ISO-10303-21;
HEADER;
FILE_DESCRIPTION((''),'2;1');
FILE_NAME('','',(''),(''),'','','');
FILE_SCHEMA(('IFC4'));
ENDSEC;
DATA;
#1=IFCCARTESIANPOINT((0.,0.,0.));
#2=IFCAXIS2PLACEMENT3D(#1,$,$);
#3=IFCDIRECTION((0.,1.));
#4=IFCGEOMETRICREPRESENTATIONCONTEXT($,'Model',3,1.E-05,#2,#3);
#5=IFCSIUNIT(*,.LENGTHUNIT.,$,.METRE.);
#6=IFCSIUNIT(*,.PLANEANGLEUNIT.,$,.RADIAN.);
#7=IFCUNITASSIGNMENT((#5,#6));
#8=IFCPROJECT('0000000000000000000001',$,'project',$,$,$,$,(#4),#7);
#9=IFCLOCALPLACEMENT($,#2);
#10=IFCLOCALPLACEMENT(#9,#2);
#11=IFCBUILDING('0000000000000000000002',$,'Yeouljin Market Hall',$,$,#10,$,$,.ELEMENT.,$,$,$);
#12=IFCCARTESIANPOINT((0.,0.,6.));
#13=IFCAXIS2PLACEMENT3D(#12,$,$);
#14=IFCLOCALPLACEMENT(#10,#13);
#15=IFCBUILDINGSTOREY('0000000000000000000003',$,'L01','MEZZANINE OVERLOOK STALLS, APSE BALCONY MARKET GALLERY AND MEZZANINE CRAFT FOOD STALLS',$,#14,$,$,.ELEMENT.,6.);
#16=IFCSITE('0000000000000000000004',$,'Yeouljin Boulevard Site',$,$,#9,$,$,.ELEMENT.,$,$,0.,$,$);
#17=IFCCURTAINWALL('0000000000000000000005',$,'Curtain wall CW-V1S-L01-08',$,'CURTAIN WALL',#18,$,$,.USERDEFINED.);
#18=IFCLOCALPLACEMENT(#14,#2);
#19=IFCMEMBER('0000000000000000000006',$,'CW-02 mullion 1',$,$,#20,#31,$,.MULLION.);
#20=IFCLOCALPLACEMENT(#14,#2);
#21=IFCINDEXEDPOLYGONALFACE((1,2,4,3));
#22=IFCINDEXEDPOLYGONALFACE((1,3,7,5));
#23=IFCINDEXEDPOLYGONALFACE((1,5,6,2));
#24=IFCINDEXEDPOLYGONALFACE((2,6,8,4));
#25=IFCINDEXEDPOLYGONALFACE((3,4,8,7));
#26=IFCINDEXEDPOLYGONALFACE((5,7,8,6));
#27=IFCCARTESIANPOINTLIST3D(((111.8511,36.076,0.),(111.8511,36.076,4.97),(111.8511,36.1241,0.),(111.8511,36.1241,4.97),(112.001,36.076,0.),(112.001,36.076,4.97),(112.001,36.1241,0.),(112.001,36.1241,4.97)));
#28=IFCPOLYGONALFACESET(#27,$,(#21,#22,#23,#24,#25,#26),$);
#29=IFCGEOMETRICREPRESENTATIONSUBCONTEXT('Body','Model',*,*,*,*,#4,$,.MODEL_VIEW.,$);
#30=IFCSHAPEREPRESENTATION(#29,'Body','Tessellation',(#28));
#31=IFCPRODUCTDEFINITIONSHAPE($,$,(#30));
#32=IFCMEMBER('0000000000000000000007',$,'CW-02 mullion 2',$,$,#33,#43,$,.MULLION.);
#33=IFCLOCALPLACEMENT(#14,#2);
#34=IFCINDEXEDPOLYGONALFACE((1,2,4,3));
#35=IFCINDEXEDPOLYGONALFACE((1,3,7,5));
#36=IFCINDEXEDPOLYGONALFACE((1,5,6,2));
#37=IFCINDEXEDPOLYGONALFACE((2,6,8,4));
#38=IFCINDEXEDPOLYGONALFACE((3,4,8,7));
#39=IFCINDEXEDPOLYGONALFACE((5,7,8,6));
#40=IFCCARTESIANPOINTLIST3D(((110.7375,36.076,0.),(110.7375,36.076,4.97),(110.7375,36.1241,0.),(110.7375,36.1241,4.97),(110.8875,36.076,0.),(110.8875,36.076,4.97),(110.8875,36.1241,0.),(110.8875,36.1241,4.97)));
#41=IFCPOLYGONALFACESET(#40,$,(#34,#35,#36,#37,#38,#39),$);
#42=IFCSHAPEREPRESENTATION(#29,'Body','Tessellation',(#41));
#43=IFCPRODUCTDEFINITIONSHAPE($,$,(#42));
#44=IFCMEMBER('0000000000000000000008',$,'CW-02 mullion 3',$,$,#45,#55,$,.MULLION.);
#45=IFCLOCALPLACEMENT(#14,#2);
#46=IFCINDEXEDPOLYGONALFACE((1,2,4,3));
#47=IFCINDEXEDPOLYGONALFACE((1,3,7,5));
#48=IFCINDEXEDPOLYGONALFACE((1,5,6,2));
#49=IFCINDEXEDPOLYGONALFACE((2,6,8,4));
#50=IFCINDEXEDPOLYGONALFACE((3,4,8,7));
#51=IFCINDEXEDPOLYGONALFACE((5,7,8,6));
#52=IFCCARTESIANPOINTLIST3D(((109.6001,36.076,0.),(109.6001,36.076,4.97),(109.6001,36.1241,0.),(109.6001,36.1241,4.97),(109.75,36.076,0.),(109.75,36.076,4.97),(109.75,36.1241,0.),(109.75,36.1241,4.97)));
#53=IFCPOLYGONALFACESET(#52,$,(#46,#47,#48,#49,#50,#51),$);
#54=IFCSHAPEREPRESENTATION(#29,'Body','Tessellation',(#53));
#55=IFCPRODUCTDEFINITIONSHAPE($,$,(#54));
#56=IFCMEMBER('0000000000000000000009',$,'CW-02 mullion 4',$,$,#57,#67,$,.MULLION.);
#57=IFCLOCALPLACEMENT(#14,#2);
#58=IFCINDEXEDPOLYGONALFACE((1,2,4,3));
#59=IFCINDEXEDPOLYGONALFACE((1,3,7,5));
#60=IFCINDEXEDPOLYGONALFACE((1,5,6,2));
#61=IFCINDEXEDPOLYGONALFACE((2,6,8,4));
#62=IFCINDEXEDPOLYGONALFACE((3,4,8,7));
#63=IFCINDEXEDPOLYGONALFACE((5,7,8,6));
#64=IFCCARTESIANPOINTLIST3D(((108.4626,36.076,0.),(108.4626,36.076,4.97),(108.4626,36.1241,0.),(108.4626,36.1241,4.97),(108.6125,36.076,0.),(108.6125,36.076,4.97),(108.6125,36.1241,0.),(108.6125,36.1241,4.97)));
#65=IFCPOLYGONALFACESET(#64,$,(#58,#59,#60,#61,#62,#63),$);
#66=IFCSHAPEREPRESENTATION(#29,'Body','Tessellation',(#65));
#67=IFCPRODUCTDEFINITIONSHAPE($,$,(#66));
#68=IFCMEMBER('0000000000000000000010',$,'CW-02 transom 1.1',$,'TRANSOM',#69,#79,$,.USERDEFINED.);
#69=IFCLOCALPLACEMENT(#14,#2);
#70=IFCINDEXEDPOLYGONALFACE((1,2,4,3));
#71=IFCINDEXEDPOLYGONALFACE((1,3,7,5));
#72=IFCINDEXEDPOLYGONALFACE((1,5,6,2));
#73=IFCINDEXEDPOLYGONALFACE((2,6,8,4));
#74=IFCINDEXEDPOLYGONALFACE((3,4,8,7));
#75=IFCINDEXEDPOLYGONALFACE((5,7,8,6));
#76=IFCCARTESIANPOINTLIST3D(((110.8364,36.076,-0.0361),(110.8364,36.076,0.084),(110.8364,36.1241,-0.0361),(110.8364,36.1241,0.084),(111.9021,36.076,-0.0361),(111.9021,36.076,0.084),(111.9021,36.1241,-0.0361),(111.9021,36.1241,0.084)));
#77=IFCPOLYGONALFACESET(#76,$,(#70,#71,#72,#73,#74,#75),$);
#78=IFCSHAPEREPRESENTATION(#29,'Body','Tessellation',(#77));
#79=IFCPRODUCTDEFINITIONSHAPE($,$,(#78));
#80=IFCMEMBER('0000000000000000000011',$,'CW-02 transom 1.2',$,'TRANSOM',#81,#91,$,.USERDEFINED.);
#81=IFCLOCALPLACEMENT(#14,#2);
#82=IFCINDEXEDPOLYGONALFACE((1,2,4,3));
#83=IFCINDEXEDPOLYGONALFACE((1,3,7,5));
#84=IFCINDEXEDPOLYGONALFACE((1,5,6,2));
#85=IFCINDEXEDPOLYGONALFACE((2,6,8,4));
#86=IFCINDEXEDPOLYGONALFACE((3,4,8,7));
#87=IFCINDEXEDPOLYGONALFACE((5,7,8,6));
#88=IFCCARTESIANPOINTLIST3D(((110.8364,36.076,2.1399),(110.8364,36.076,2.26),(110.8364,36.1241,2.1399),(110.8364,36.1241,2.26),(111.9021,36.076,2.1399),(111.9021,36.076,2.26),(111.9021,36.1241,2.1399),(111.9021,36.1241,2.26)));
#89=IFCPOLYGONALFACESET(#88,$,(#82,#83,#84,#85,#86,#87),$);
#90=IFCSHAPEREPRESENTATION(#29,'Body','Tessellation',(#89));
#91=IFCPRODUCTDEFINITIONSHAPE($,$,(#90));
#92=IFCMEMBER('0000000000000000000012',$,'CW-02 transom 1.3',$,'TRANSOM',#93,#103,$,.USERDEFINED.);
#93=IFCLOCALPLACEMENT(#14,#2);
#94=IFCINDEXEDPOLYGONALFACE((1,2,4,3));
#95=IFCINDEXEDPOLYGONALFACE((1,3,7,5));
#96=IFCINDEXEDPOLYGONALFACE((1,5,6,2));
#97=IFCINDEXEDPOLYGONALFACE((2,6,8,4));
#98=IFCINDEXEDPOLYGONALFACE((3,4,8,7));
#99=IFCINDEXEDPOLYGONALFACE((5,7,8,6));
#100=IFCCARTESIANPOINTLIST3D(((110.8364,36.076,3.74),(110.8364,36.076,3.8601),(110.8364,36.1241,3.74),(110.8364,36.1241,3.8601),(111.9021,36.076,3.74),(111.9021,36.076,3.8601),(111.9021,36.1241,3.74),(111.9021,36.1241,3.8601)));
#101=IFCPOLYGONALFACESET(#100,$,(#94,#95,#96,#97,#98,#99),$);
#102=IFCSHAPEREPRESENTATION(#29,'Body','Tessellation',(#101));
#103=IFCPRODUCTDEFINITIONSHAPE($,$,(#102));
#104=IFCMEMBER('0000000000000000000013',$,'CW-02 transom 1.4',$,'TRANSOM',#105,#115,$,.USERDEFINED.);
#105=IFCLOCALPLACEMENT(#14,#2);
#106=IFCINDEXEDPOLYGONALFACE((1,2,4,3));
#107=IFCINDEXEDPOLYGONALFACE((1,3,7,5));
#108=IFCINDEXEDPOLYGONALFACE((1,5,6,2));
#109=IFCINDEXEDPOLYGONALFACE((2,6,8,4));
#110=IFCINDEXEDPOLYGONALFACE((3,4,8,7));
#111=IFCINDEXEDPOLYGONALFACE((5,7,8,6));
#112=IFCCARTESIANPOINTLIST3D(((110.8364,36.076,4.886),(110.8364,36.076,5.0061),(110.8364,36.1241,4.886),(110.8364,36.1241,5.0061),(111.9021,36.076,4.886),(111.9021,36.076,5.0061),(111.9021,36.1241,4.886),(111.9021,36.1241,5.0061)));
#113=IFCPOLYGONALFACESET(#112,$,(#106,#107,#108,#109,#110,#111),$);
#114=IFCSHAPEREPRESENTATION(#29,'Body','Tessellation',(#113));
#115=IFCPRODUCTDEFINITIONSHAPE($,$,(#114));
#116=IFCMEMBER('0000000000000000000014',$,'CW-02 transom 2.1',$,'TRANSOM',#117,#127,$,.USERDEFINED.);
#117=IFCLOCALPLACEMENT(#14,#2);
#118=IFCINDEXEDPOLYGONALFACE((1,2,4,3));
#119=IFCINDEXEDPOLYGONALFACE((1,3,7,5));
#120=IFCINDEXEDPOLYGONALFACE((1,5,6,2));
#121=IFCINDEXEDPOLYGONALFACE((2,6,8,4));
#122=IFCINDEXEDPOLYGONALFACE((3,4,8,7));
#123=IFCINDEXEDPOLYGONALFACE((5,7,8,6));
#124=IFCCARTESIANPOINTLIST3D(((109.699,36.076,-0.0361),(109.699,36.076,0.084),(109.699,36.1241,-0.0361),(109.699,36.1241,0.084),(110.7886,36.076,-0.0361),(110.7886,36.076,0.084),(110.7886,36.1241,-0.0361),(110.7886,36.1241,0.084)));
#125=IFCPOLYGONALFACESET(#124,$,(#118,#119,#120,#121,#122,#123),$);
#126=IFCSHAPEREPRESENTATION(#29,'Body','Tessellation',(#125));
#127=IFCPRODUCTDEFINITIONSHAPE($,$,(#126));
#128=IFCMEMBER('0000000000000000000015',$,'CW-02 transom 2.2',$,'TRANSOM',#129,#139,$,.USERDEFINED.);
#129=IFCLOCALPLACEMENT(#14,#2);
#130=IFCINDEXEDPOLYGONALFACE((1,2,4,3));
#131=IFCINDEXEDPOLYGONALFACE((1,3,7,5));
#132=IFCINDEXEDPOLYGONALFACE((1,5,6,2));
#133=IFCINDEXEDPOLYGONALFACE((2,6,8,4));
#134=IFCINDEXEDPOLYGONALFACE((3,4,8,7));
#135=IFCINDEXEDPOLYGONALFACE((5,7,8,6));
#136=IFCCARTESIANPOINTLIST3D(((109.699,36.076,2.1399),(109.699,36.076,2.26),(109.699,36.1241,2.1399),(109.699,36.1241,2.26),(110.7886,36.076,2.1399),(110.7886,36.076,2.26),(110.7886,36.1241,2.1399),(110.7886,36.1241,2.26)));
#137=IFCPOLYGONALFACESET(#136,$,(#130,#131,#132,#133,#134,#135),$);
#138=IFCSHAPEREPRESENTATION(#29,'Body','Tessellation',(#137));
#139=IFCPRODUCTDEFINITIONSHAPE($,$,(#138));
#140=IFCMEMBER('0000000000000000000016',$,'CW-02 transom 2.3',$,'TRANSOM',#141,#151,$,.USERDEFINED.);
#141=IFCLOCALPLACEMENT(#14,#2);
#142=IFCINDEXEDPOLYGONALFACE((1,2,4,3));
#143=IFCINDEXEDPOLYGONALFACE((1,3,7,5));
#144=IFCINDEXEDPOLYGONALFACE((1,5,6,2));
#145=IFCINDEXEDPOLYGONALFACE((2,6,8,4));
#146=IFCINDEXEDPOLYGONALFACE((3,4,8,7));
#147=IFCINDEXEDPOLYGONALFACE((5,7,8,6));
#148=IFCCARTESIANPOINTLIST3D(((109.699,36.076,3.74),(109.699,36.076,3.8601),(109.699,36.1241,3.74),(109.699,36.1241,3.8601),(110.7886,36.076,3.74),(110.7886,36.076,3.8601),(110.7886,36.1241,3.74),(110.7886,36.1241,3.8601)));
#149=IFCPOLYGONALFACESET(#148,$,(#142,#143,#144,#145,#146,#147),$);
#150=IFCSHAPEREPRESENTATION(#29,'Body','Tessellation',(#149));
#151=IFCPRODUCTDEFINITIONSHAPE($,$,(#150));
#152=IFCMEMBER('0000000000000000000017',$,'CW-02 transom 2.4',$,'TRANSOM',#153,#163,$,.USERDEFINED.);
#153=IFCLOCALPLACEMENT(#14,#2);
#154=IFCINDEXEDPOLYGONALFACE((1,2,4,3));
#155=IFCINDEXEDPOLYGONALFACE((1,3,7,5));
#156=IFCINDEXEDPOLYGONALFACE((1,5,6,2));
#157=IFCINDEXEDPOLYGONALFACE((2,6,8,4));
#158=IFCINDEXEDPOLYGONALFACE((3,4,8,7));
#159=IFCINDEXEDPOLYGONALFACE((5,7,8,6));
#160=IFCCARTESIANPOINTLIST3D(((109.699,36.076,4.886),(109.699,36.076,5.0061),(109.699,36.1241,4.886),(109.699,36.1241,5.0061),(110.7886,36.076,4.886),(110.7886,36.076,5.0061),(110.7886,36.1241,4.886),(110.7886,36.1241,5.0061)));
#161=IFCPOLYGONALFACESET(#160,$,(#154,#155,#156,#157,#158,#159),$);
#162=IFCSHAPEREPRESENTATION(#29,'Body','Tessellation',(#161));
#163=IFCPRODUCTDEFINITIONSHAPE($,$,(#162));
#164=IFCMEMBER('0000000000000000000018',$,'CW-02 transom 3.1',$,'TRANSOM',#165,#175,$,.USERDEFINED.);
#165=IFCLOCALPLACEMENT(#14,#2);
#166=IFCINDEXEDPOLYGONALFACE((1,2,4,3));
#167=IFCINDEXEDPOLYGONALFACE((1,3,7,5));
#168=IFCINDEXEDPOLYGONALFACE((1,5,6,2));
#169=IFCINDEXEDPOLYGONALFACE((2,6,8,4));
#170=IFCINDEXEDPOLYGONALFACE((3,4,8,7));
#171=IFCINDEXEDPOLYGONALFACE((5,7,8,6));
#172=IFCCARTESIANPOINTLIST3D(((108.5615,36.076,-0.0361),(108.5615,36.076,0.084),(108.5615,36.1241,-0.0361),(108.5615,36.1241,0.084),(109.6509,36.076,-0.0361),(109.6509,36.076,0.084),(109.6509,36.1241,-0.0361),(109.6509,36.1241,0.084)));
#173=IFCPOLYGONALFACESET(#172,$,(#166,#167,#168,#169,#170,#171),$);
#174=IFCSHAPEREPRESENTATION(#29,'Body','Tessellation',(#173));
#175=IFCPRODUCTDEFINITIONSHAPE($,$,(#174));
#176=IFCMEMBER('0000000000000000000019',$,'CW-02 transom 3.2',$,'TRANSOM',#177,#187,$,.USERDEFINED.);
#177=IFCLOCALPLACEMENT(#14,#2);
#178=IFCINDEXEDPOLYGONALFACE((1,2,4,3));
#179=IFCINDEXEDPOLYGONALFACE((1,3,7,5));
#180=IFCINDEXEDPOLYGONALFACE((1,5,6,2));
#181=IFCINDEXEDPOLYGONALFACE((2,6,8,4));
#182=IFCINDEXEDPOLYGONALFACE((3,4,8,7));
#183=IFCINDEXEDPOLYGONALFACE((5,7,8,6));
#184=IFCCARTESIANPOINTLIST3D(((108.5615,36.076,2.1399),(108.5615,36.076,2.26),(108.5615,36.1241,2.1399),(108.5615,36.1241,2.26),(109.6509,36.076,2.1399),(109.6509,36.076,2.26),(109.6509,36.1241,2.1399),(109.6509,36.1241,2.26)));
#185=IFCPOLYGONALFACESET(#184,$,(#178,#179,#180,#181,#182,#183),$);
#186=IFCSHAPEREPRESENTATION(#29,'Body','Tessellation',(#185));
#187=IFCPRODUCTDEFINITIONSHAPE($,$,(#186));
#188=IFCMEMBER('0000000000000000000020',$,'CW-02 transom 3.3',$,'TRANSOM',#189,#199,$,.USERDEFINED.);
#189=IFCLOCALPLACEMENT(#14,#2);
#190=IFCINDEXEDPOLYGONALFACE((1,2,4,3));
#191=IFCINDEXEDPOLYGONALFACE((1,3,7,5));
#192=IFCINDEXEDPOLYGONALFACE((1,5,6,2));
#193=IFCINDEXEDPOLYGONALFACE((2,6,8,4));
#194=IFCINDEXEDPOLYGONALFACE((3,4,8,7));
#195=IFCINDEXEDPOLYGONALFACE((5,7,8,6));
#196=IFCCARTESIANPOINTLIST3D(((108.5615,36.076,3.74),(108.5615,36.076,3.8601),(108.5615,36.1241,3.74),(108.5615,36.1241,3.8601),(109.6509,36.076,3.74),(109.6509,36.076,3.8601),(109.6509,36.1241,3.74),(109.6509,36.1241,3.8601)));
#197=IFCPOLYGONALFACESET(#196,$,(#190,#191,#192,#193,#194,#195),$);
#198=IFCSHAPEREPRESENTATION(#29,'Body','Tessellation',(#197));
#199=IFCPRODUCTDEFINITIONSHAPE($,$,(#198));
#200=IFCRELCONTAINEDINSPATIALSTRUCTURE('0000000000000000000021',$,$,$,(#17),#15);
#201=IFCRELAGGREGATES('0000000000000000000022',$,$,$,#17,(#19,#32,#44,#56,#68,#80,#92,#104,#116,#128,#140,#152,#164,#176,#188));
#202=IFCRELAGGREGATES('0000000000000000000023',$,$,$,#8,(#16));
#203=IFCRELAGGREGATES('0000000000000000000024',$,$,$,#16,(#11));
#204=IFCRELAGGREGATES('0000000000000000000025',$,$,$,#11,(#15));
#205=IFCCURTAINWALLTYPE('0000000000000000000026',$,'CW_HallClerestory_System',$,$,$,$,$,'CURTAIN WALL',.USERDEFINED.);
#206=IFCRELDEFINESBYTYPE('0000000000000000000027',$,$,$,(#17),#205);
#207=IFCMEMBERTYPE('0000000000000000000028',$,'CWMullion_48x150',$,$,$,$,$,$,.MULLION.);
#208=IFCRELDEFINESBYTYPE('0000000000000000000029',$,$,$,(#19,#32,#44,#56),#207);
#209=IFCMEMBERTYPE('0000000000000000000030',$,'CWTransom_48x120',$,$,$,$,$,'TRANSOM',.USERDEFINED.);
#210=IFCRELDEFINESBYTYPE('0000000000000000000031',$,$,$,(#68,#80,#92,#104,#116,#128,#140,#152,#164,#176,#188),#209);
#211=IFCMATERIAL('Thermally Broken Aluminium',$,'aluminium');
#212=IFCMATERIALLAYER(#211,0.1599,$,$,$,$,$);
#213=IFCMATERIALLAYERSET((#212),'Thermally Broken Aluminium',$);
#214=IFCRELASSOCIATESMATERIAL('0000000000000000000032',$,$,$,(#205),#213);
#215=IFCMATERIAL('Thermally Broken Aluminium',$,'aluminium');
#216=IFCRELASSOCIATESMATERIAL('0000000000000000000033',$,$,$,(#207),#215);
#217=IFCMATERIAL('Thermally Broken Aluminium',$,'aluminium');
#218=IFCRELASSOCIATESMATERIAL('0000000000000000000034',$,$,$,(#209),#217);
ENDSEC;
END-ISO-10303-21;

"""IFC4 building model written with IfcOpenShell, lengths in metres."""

from ifc_helpers import new_model, si_unit, direction, frame, origin, origin_2d, place, context, subcontext, project, spatial, rectangle, extrude, material, layer, layer_set, material_profile, profile_set, type_object, element, aggregate, save


model = new_model("IFC4")

# Units and contexts
model_context = context("Model", 3, precision=1e-05, world=origin(), true_north=direction((0.0, 1.0)))
body_context = subcontext(model_context, "Body", "Model", "MODEL_VIEW")
ifc_project = project(units=[si_unit("LENGTHUNIT", "METRE"), si_unit("PLANEANGLEUNIT", "RADIAN")], contexts=[model_context])

# Site, building, storey
site_placement = place(None, origin())
site = spatial("IfcSite", under=ifc_project, at=site_placement, Name="Yeouljin Boulevard Site", CompositionType="ELEMENT", RefElevation=0.0)
building_placement = place(site_placement, origin())
building = spatial("IfcBuilding", under=site, at=building_placement, Name="Yeouljin Market Hall", CompositionType="ELEMENT")
storey_placement = place(building_placement, frame((0.0, 0.0, 6.0)))
storey = spatial("IfcBuildingStorey", under=building, at=storey_placement, Name="L01", Description="MEZZANINE OVERLOOK STALLS, APSE BALCONY MARKET GALLERY AND MEZZANINE CRAFT FOOD STALLS", CompositionType="ELEMENT", Elevation=6.0)

# Curtain wall, members
ifc_material_1 = material(Name="Thermally Broken Aluminium", Category="aluminium")
ifc_layer_1 = layer(ifc_material_1, 0.1599)
ifc_layer_set_1 = layer_set([ifc_layer_1], Name="Thermally Broken Aluminium")
curtain_wall_type = type_object("IfcCurtainWallType", Name="CW_HallClerestory_System", ElementType="CURTAIN WALL", PredefinedType="USERDEFINED", material=ifc_layer_set_1)
curtain_wall_placement = place(storey_placement, origin())
curtain_wall = element("IfcCurtainWall", 1, at=curtain_wall_placement, inside=storey, type_object=curtain_wall_type, Name="Curtain wall CW-V1S-L01-08", ObjectType="CURTAIN WALL", PredefinedType="USERDEFINED")
ifc_material_2 = material(Name="Thermally Broken Aluminium", Category="aluminium")
ifc_material_profile_1 = material_profile(ifc_material_2, rectangle(XDim=0.0481, YDim=0.1499, at=origin_2d()), Name="CW-MULL-48x150")
ifc_profile_set_1 = profile_set([ifc_material_profile_1], Name="Thermally Broken Aluminium")
member_type_1 = type_object("IfcMemberType", Name="CWMullion_48x150", PredefinedType="MULLION", material=ifc_profile_set_1)
member_1_placement = place(storey_placement, frame((111.926, 36.1001, 0.0), z_axis=(0.0, 0.0, 1.0), x_axis=(0.0, -1.0, 0.0)))
member_1 = element("IfcMember", 2, at=member_1_placement, type_object=member_type_1, Name="CW-02 mullion 1", PredefinedType="MULLION", context=body_context, shape_type="SweptSolid", body=[
    extrude(rectangle(XDim=0.0481, YDim=0.1499, at=origin_2d()), origin(), (0.0, 0.0, 1.0), 4.97),
])
member_2_placement = place(storey_placement, frame((110.8125, 36.1001, 0.0), z_axis=(0.0, 0.0, 1.0), x_axis=(0.0, -1.0, 0.0)))
member_2 = element("IfcMember", 3, at=member_2_placement, type_object=member_type_1, Name="CW-02 mullion 2", PredefinedType="MULLION", context=body_context, shape_type="SweptSolid", body=[
    extrude(rectangle(XDim=0.0481, YDim=0.1499, at=origin_2d()), origin(), (0.0, 0.0, 1.0), 4.97),
])
member_3_placement = place(storey_placement, frame((109.675, 36.1001, 0.0), z_axis=(0.0, 0.0, 1.0), x_axis=(0.0, -1.0, 0.0)))
member_3 = element("IfcMember", 4, at=member_3_placement, type_object=member_type_1, Name="CW-02 mullion 3", PredefinedType="MULLION", context=body_context, shape_type="SweptSolid", body=[
    extrude(rectangle(XDim=0.0481, YDim=0.1499, at=origin_2d()), origin(), (0.0, 0.0, 1.0), 4.97),
])
member_4_placement = place(storey_placement, frame((108.5376, 36.1001, 0.0), z_axis=(0.0, 0.0, 1.0), x_axis=(0.0, -1.0, 0.0)))
member_4 = element("IfcMember", 5, at=member_4_placement, type_object=member_type_1, Name="CW-02 mullion 4", PredefinedType="MULLION", context=body_context, shape_type="SweptSolid", body=[
    extrude(rectangle(XDim=0.0481, YDim=0.1499, at=origin_2d()), origin(), (0.0, 0.0, 1.0), 4.97),
])
ifc_material_3 = material(Name="Thermally Broken Aluminium", Category="aluminium")
ifc_material_profile_2 = material_profile(ifc_material_3, rectangle(XDim=0.0481, YDim=0.1201, at=origin_2d()), Name="CW-TRAN-48x120")
ifc_profile_set_2 = profile_set([ifc_material_profile_2], Name="Thermally Broken Aluminium")
member_type_2 = type_object("IfcMemberType", Name="CWTransom_48x120", ElementType="TRANSOM", PredefinedType="USERDEFINED", material=ifc_profile_set_2)
member_5_placement = place(storey_placement, frame((111.9021, 36.1001, 0.0239), z_axis=(-1.0, 0.0, 0.0), x_axis=(0.0, -1.0, 0.0)))
member_5 = element("IfcMember", 6, at=member_5_placement, type_object=member_type_2, Name="CW-02 transom 1.1", ObjectType="TRANSOM", PredefinedType="USERDEFINED", context=body_context, shape_type="SweptSolid", body=[
    extrude(rectangle(XDim=0.0481, YDim=0.1201, at=origin_2d()), origin(), (0.0, 0.0, 1.0), 1.0657),
])
member_6_placement = place(storey_placement, frame((111.9021, 36.1001, 2.2), z_axis=(-1.0, 0.0, 0.0), x_axis=(0.0, -1.0, 0.0)))
member_6 = element("IfcMember", 7, at=member_6_placement, type_object=member_type_2, Name="CW-02 transom 1.2", ObjectType="TRANSOM", PredefinedType="USERDEFINED", context=body_context, shape_type="SweptSolid", body=[
    extrude(rectangle(XDim=0.0481, YDim=0.1201, at=origin_2d()), origin(), (0.0, 0.0, 1.0), 1.0657),
])
member_7_placement = place(storey_placement, frame((111.9021, 36.1001, 3.8), z_axis=(-1.0, 0.0, 0.0), x_axis=(0.0, -1.0, 0.0)))
member_7 = element("IfcMember", 8, at=member_7_placement, type_object=member_type_2, Name="CW-02 transom 1.3", ObjectType="TRANSOM", PredefinedType="USERDEFINED", context=body_context, shape_type="SweptSolid", body=[
    extrude(rectangle(XDim=0.0481, YDim=0.1201, at=origin_2d()), origin(), (0.0, 0.0, 1.0), 1.0657),
])
member_8_placement = place(storey_placement, frame((111.9021, 36.1001, 4.946), z_axis=(-1.0, 0.0, 0.0), x_axis=(0.0, -1.0, 0.0)))
member_8 = element("IfcMember", 9, at=member_8_placement, type_object=member_type_2, Name="CW-02 transom 1.4", ObjectType="TRANSOM", PredefinedType="USERDEFINED", context=body_context, shape_type="SweptSolid", body=[
    extrude(rectangle(XDim=0.0481, YDim=0.1201, at=origin_2d()), origin(), (0.0, 0.0, 1.0), 1.0657),
])
member_9_placement = place(storey_placement, frame((110.7886, 36.1001, 0.0239), z_axis=(-1.0, 0.0, 0.0), x_axis=(0.0, -1.0, 0.0)))
member_9 = element("IfcMember", 10, at=member_9_placement, type_object=member_type_2, Name="CW-02 transom 2.1", ObjectType="TRANSOM", PredefinedType="USERDEFINED", context=body_context, shape_type="SweptSolid", body=[
    extrude(rectangle(XDim=0.0481, YDim=0.1201, at=origin_2d()), origin(), (0.0, 0.0, 1.0), 1.0896),
])
member_10_placement = place(storey_placement, frame((110.7886, 36.1001, 2.2), z_axis=(-1.0, 0.0, 0.0), x_axis=(0.0, -1.0, 0.0)))
member_10 = element("IfcMember", 11, at=member_10_placement, type_object=member_type_2, Name="CW-02 transom 2.2", ObjectType="TRANSOM", PredefinedType="USERDEFINED", context=body_context, shape_type="SweptSolid", body=[
    extrude(rectangle(XDim=0.0481, YDim=0.1201, at=origin_2d()), origin(), (0.0, 0.0, 1.0), 1.0896),
])
member_11_placement = place(storey_placement, frame((110.7886, 36.1001, 3.8), z_axis=(-1.0, 0.0, 0.0), x_axis=(0.0, -1.0, 0.0)))
member_11 = element("IfcMember", 12, at=member_11_placement, type_object=member_type_2, Name="CW-02 transom 2.3", ObjectType="TRANSOM", PredefinedType="USERDEFINED", context=body_context, shape_type="SweptSolid", body=[
    extrude(rectangle(XDim=0.0481, YDim=0.1201, at=origin_2d()), origin(), (0.0, 0.0, 1.0), 1.0896),
])
member_12_placement = place(storey_placement, frame((110.7886, 36.1001, 4.946), z_axis=(-1.0, 0.0, 0.0), x_axis=(0.0, -1.0, 0.0)))
member_12 = element("IfcMember", 13, at=member_12_placement, type_object=member_type_2, Name="CW-02 transom 2.4", ObjectType="TRANSOM", PredefinedType="USERDEFINED", context=body_context, shape_type="SweptSolid", body=[
    extrude(rectangle(XDim=0.0481, YDim=0.1201, at=origin_2d()), origin(), (0.0, 0.0, 1.0), 1.0896),
])
member_13_placement = place(storey_placement, frame((109.6509, 36.1001, 0.0239), z_axis=(-1.0, 0.0, 0.0), x_axis=(0.0, -1.0, 0.0)))
member_13 = element("IfcMember", 14, at=member_13_placement, type_object=member_type_2, Name="CW-02 transom 3.1", ObjectType="TRANSOM", PredefinedType="USERDEFINED", context=body_context, shape_type="SweptSolid", body=[
    extrude(rectangle(XDim=0.0481, YDim=0.1201, at=origin_2d()), origin(), (0.0, 0.0, 1.0), 1.0894),
])
member_14_placement = place(storey_placement, frame((109.6509, 36.1001, 2.2), z_axis=(-1.0, 0.0, 0.0), x_axis=(0.0, -1.0, 0.0)))
member_14 = element("IfcMember", 15, at=member_14_placement, type_object=member_type_2, Name="CW-02 transom 3.2", ObjectType="TRANSOM", PredefinedType="USERDEFINED", context=body_context, shape_type="SweptSolid", body=[
    extrude(rectangle(XDim=0.0481, YDim=0.1201, at=origin_2d()), origin(), (0.0, 0.0, 1.0), 1.0894),
])
member_15_placement = place(storey_placement, frame((109.6509, 36.1001, 3.8), z_axis=(-1.0, 0.0, 0.0), x_axis=(0.0, -1.0, 0.0)))
member_15 = element("IfcMember", 16, at=member_15_placement, type_object=member_type_2, Name="CW-02 transom 3.3", ObjectType="TRANSOM", PredefinedType="USERDEFINED", context=body_context, shape_type="SweptSolid", body=[
    extrude(rectangle(XDim=0.0481, YDim=0.1201, at=origin_2d()), origin(), (0.0, 0.0, 1.0), 1.0894),
])
aggregate(curtain_wall, [member_1, member_2, member_3, member_4, member_5, member_6, member_7, member_8, member_9, member_10, member_11, member_12, member_13, member_14, member_15])

save(model, "model.ifc")
